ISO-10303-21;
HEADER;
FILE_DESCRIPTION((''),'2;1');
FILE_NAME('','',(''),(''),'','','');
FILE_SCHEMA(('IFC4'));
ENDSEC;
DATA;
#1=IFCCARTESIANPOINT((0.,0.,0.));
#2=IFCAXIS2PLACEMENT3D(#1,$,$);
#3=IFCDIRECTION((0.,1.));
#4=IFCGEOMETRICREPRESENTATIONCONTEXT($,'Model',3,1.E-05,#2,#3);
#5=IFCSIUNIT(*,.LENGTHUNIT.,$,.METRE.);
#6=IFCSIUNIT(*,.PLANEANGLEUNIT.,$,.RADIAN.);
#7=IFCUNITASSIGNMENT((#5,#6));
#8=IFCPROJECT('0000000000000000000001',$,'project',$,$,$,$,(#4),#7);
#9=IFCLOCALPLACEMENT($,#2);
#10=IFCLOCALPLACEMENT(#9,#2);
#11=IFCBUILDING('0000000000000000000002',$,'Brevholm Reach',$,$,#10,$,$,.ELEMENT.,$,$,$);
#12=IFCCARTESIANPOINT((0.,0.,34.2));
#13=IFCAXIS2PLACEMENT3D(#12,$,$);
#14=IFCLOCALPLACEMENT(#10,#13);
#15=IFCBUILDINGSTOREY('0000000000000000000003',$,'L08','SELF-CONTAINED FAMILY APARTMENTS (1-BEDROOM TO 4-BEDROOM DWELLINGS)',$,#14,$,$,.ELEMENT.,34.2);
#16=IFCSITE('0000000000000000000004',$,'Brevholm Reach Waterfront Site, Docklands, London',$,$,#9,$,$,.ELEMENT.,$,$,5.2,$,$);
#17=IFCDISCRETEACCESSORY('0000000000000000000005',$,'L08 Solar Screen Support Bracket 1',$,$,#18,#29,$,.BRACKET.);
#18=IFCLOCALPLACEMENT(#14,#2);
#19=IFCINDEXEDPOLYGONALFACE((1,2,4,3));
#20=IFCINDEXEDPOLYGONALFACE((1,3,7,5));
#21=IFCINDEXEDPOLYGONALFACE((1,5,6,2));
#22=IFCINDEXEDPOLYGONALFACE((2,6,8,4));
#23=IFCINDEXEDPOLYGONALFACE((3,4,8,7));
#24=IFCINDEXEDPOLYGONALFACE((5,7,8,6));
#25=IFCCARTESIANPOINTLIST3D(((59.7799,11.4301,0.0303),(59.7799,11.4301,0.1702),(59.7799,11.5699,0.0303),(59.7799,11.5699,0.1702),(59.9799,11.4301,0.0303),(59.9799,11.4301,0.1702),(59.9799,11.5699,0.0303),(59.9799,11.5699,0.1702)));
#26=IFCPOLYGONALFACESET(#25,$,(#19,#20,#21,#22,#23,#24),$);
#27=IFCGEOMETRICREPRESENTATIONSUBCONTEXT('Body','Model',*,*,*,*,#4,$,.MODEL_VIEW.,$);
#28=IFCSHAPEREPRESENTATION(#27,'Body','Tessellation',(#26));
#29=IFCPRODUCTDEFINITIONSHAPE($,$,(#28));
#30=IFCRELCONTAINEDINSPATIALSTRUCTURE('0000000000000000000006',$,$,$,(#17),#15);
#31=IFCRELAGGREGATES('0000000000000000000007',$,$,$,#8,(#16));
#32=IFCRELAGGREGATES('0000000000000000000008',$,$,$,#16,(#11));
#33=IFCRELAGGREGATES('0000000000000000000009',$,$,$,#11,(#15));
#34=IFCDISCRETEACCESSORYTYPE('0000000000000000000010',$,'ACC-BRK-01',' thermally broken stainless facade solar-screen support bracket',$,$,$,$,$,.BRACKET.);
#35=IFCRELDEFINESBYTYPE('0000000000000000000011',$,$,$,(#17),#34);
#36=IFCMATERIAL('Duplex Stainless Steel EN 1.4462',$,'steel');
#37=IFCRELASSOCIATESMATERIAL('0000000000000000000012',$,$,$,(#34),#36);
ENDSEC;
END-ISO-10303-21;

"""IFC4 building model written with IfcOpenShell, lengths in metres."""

from ifc_helpers import new_model, si_unit, direction, frame, origin, origin_2d, place, context, subcontext, project, spatial, rectangle, extrude, material, type_object, element, save


model = new_model("IFC4")

# Units and contexts
model_context = context("Model", 3, precision=1e-05, world=origin(), true_north=direction((0.0, 1.0)))
body_context = subcontext(model_context, "Body", "Model", "MODEL_VIEW")
ifc_project = project(units=[si_unit("LENGTHUNIT", "METRE"), si_unit("PLANEANGLEUNIT", "RADIAN")], contexts=[model_context])

# Site, building, storey
site_placement = place(None, origin())
site = spatial("IfcSite", under=ifc_project, at=site_placement, Name="Brevholm Reach Waterfront Site, Docklands, London", CompositionType="ELEMENT", RefElevation=5.2)
building_placement = place(site_placement, origin())
building = spatial("IfcBuilding", under=site, at=building_placement, Name="Brevholm Reach", CompositionType="ELEMENT")
storey_placement = place(building_placement, frame((0.0, 0.0, 34.2)))
storey = spatial("IfcBuildingStorey", under=building, at=storey_placement, Name="L08", Description="SELF-CONTAINED FAMILY APARTMENTS (1-BEDROOM TO 4-BEDROOM DWELLINGS)", CompositionType="ELEMENT", Elevation=34.2)

# Discrete accessory
ifc_material_1 = material(Name="Duplex Stainless Steel EN 1.4462", Category="steel")
discrete_accessory_type = type_object("IfcDiscreteAccessoryType", Name="ACC-BRK-01", Description=" thermally broken stainless facade solar-screen support bracket", PredefinedType="BRACKET", material=ifc_material_1)
discrete_accessory_placement = place(storey_placement, frame((59.8799, 11.5, 0.0303), z_axis=(0.0, 0.0, 1.0), x_axis=(1.0, 0.0, 0.0)))
element("IfcDiscreteAccessory", 1, at=discrete_accessory_placement, inside=storey, type_object=discrete_accessory_type, Name="L08 Solar Screen Support Bracket 1", PredefinedType="BRACKET", context=body_context, shape_type="SweptSolid", body=[
    extrude(rectangle(XDim=0.2, YDim=0.1399, at=origin_2d()), origin(), (0.0, 0.0, 1.0), 0.1399),
])

save(model, "model.ifc")
